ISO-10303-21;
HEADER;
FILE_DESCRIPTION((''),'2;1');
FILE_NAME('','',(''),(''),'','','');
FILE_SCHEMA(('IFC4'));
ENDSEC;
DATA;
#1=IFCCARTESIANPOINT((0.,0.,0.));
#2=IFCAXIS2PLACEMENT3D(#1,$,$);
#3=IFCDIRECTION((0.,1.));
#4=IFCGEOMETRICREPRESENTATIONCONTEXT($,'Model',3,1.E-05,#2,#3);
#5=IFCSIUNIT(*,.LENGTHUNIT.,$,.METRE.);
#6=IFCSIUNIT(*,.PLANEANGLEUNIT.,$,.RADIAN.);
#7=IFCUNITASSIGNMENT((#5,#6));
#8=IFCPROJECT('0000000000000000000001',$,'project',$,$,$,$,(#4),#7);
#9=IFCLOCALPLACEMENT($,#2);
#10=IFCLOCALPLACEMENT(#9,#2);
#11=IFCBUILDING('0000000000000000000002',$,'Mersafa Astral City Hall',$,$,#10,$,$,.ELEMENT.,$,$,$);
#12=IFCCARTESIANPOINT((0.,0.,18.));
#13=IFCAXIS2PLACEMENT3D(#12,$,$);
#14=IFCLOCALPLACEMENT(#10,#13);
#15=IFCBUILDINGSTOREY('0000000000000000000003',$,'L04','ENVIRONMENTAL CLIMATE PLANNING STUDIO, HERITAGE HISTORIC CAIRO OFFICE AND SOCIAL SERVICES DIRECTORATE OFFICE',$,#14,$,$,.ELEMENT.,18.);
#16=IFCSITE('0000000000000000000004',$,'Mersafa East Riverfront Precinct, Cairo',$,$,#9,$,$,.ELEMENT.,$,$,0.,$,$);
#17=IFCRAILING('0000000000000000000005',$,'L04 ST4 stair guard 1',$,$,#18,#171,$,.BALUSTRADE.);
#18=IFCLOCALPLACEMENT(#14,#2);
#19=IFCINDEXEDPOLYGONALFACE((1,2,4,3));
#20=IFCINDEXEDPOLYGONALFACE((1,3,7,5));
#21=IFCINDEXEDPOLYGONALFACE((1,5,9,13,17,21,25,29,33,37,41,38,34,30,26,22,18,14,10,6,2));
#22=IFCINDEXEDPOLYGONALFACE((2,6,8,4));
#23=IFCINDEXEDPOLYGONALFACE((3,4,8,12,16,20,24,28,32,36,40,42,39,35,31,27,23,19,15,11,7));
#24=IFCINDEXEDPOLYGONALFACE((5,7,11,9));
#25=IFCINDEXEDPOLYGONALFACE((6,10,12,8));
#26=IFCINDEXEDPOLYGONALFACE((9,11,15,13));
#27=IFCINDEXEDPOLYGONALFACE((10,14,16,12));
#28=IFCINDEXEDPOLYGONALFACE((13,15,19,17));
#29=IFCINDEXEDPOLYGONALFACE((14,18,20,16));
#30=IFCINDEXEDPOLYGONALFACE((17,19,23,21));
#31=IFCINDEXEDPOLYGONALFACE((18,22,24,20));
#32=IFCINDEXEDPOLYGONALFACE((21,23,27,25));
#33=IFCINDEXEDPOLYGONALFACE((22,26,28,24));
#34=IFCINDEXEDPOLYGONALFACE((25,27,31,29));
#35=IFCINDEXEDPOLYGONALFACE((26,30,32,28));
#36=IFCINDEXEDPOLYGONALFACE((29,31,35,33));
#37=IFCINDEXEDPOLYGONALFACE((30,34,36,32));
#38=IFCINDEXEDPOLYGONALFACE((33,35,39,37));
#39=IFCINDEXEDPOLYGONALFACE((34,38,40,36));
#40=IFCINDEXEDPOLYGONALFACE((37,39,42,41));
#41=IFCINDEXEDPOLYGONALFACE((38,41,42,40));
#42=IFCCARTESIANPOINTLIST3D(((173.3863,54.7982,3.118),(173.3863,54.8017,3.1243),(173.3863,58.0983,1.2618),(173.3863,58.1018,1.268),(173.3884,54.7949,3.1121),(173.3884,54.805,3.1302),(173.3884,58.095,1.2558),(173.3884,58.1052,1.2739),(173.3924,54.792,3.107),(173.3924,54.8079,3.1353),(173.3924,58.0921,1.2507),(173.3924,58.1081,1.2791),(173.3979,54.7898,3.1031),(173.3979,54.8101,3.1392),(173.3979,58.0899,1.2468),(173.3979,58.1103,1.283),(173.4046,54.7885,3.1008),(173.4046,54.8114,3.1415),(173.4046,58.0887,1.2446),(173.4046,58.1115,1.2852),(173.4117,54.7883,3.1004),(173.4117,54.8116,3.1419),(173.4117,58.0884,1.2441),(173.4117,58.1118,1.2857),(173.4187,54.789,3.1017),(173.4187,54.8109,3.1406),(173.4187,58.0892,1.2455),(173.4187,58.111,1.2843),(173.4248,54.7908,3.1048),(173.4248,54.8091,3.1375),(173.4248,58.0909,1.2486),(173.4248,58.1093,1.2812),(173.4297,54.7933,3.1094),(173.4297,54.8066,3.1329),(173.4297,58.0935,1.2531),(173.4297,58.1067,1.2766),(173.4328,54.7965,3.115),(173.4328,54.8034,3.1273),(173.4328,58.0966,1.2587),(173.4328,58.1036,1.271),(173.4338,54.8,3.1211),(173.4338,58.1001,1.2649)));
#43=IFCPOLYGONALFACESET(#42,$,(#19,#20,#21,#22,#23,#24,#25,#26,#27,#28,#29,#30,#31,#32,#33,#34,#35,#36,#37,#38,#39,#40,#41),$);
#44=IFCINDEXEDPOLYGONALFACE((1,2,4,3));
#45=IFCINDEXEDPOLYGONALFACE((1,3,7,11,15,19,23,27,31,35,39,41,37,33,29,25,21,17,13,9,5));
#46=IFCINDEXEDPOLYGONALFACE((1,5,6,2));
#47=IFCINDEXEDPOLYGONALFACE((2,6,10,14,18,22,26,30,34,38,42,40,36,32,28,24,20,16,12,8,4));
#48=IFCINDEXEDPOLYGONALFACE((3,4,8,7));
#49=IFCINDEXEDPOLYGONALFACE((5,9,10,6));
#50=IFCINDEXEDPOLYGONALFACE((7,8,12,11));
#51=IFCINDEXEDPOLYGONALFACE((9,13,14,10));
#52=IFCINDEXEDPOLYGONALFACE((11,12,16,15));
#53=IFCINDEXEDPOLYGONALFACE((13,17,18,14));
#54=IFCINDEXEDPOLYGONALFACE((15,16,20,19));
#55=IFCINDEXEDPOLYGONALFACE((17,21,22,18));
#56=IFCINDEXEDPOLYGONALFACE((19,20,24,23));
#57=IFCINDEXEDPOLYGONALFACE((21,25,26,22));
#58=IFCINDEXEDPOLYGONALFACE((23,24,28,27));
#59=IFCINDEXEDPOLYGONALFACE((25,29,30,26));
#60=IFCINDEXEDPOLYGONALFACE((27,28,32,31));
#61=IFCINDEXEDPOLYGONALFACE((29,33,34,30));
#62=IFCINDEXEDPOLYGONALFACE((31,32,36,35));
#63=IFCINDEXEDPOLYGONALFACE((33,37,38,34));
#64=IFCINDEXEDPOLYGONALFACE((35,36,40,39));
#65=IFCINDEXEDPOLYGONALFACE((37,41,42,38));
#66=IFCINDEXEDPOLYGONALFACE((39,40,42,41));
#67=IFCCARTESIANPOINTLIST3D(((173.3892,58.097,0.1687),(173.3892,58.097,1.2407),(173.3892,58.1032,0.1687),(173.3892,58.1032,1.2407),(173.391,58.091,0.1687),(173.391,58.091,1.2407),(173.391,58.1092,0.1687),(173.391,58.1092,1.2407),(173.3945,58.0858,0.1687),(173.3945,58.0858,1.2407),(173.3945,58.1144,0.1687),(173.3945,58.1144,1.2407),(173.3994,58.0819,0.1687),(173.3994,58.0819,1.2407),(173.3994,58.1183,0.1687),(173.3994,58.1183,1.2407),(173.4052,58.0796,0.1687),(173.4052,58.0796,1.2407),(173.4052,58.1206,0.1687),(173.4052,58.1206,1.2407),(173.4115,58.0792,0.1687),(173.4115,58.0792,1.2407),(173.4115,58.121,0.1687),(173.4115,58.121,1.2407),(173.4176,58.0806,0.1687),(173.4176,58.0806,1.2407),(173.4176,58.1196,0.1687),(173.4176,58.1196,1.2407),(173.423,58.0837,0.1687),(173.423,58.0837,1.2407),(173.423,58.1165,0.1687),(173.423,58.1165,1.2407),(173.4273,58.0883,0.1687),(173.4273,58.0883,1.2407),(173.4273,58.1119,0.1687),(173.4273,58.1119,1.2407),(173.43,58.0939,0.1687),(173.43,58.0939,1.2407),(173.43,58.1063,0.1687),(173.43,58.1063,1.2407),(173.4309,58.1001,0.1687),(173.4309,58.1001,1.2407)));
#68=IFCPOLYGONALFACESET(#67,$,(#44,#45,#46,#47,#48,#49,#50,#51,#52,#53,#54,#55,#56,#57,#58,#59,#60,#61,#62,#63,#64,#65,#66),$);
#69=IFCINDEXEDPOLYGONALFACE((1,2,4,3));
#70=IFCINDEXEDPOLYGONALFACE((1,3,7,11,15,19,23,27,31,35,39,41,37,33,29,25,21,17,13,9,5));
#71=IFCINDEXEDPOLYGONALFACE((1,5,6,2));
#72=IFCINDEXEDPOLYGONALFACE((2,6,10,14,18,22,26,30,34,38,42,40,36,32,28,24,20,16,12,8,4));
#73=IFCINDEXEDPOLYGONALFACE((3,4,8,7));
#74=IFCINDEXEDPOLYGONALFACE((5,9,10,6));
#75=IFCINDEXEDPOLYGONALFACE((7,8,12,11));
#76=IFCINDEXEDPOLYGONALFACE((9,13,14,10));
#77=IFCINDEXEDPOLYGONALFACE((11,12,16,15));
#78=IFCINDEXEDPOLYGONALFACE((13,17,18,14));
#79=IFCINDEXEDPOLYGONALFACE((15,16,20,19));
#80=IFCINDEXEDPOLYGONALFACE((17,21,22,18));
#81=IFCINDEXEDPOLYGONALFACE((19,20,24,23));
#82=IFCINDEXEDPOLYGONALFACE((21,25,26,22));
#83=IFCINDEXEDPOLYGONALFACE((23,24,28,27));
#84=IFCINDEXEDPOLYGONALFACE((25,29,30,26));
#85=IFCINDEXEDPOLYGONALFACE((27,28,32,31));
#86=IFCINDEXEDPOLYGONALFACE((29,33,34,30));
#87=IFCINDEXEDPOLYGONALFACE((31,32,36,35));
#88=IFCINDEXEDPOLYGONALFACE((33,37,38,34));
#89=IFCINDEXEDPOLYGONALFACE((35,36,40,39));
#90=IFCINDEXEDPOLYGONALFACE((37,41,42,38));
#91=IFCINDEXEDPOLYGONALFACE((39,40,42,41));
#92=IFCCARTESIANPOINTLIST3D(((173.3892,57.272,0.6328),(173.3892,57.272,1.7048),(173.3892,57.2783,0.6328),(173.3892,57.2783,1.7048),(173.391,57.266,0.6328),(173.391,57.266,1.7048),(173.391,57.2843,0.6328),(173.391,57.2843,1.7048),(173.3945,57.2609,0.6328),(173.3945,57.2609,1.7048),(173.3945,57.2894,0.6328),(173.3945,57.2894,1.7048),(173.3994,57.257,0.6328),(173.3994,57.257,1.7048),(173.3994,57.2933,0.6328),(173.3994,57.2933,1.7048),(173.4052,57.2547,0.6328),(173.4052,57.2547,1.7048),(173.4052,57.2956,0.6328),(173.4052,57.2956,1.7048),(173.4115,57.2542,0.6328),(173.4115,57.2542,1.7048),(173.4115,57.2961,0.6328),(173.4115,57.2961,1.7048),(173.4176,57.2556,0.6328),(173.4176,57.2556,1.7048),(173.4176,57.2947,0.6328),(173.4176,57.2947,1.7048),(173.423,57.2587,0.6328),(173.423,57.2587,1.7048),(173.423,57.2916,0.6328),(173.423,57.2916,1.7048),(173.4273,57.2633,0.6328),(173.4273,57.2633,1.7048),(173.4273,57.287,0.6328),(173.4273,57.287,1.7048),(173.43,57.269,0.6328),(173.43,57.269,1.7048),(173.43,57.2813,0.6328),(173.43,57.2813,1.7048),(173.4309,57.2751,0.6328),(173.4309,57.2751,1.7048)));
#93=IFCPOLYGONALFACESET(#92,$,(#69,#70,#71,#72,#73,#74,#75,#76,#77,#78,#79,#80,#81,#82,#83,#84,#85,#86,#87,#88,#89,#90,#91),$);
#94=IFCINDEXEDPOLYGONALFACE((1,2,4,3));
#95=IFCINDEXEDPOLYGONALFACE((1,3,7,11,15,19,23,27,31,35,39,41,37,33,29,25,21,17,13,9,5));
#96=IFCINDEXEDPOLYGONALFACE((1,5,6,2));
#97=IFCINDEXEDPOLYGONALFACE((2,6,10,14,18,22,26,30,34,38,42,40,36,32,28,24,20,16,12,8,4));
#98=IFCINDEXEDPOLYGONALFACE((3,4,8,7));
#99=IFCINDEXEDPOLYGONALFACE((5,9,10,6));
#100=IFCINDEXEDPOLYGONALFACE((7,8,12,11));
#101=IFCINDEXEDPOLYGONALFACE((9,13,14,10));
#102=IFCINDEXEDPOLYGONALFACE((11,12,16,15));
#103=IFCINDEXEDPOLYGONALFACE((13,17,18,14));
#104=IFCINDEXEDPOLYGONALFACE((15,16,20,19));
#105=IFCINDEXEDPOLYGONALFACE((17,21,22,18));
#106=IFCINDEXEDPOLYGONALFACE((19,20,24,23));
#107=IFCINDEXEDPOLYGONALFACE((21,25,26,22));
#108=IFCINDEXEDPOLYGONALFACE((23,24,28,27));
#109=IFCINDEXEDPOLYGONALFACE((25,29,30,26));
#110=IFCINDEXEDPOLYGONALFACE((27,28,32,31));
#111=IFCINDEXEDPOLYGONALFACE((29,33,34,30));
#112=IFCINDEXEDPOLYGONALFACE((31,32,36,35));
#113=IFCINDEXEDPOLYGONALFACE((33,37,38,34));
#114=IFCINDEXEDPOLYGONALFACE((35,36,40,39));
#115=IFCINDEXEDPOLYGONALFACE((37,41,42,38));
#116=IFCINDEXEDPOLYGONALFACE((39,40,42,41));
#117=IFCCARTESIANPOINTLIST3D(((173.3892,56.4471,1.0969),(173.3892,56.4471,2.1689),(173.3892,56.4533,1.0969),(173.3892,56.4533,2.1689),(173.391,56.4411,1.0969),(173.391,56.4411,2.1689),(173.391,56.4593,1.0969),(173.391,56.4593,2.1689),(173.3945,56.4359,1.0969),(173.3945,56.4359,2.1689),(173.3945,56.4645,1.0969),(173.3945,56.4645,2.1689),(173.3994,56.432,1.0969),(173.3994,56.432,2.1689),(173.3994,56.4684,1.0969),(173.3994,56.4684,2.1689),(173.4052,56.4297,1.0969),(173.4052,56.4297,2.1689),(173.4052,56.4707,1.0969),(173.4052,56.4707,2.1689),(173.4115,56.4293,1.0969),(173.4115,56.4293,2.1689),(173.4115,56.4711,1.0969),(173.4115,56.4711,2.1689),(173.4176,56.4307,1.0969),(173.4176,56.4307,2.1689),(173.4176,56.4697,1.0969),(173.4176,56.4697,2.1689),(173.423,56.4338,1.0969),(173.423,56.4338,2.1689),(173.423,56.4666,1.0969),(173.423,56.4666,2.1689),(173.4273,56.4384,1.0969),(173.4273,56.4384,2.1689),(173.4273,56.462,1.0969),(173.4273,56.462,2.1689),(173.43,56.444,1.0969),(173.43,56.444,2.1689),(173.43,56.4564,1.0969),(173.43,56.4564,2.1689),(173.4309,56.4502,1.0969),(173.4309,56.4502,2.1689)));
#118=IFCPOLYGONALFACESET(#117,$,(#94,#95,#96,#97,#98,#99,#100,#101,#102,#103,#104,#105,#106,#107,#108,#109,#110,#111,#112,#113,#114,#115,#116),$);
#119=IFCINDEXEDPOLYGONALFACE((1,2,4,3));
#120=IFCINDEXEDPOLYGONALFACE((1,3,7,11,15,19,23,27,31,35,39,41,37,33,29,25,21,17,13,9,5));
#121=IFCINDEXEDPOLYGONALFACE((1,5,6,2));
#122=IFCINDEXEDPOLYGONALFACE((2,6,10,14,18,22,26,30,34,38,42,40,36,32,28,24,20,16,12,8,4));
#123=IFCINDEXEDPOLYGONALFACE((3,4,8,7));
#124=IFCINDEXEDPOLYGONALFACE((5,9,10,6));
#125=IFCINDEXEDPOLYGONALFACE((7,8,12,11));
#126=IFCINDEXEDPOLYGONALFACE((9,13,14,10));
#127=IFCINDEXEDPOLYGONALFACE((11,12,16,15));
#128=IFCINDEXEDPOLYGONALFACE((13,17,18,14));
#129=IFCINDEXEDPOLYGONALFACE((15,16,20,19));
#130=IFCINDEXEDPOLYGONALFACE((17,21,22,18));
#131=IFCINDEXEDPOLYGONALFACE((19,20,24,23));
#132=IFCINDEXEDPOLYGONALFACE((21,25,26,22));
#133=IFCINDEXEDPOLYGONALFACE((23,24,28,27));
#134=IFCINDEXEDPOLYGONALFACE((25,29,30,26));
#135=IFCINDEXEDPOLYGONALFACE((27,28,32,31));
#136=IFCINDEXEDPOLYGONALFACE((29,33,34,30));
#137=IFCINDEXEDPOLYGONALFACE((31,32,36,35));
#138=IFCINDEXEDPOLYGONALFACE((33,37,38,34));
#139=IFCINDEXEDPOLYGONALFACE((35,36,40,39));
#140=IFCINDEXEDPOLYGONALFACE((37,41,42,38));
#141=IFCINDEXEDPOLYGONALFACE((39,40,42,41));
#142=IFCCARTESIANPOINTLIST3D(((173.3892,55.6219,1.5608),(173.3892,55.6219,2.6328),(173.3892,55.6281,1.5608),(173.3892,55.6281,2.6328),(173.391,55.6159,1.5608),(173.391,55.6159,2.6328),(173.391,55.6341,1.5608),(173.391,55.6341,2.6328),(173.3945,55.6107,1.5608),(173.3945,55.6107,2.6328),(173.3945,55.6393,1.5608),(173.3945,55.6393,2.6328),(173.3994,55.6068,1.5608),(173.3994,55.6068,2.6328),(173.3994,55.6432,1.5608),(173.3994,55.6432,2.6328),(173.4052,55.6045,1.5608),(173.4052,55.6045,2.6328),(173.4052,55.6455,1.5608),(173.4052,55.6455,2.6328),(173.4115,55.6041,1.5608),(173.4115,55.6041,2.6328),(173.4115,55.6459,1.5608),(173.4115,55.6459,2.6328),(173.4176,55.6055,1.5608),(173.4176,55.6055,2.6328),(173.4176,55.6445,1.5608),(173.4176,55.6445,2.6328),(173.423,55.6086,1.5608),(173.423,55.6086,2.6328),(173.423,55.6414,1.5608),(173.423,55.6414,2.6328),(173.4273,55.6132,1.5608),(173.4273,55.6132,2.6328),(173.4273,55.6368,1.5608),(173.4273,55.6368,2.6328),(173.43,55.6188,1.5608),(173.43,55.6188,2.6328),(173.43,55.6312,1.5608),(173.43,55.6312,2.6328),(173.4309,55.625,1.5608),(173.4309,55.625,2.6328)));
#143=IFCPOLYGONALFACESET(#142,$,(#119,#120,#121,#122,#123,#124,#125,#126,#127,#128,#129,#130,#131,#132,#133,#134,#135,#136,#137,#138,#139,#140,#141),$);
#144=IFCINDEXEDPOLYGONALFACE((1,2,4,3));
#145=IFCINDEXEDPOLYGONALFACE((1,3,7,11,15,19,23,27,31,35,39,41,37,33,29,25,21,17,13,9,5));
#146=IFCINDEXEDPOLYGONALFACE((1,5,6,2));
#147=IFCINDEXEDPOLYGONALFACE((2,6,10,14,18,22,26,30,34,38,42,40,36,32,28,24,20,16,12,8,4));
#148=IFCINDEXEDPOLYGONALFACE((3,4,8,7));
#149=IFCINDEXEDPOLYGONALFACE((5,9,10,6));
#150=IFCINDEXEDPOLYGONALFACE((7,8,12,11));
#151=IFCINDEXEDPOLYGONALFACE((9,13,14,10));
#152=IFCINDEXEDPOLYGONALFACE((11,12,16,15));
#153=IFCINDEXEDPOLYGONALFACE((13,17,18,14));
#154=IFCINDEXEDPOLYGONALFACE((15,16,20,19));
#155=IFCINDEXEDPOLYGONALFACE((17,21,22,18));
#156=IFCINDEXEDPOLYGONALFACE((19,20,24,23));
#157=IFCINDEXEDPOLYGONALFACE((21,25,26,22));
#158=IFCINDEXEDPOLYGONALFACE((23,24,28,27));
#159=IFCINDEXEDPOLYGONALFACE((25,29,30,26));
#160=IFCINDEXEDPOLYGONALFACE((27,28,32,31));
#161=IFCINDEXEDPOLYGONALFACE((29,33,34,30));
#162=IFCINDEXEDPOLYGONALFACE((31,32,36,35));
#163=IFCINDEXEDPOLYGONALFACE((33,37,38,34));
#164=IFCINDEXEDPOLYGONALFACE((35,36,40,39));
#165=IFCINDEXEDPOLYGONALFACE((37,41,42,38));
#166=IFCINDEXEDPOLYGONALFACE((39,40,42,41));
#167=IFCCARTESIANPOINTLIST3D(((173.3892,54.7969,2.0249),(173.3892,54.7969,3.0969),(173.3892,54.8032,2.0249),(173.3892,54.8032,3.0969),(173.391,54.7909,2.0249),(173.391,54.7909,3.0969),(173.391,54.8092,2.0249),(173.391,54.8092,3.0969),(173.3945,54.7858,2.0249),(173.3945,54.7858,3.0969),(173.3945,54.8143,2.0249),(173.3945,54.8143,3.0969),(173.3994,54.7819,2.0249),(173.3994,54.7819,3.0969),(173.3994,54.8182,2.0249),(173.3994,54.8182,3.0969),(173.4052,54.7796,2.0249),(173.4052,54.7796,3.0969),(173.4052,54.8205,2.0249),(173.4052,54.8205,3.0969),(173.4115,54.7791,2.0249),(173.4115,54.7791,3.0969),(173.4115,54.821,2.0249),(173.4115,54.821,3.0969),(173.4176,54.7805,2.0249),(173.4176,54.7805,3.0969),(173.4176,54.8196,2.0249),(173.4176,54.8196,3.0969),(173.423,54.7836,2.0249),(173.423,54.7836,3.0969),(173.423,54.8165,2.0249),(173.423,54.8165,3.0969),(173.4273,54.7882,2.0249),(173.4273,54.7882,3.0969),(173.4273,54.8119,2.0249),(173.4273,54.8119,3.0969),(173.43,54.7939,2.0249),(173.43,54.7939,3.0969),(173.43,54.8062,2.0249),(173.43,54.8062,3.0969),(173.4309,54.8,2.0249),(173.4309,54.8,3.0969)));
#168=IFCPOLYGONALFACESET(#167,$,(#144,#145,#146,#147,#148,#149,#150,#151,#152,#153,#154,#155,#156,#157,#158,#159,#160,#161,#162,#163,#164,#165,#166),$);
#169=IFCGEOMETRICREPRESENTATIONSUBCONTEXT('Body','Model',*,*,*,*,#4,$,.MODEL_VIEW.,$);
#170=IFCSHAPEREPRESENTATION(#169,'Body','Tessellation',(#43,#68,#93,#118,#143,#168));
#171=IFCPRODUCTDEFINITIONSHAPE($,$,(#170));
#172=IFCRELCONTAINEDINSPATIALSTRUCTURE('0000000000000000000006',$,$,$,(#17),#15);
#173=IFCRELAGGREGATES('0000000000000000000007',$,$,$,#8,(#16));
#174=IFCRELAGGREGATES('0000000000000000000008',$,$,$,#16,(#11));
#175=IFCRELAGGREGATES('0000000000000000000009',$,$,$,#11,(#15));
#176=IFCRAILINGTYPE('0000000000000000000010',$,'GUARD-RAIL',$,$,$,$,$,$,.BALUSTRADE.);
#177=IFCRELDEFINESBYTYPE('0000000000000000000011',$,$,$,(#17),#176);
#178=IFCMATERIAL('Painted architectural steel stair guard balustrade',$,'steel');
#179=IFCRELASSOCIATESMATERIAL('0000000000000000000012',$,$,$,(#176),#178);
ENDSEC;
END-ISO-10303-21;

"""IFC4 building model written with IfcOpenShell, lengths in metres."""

from ifc_helpers import new_model, si_unit, direction, frame, origin, origin_2d, place, context, subcontext, project, spatial, circle, extrude, material, type_object, element, save


model = new_model("IFC4")

# Units and contexts
model_context = context("Model", 3, precision=1e-05, world=origin(), true_north=direction((0.0, 1.0)))
body_context = subcontext(model_context, "Body", "Model", "MODEL_VIEW")
ifc_project = project(units=[si_unit("LENGTHUNIT", "METRE"), si_unit("PLANEANGLEUNIT", "RADIAN")], contexts=[model_context])

# Site, building, storey
site_placement = place(None, origin())
site = spatial("IfcSite", under=ifc_project, at=site_placement, Name="Mersafa East Riverfront Precinct, Cairo", CompositionType="ELEMENT", RefElevation=0.0)
building_placement = place(site_placement, origin())
building = spatial("IfcBuilding", under=site, at=building_placement, Name="Mersafa Astral City Hall", CompositionType="ELEMENT")
storey_placement = place(building_placement, frame((0.0, 0.0, 18.0)))
storey = spatial("IfcBuildingStorey", under=building, at=storey_placement, Name="L04", Description="ENVIRONMENTAL CLIMATE PLANNING STUDIO, HERITAGE HISTORIC CAIRO OFFICE AND SOCIAL SERVICES DIRECTORATE OFFICE", CompositionType="ELEMENT", Elevation=18.0)

# Railing
ifc_material_1 = material(Name="Painted architectural steel stair guard balustrade", Category="steel")
railing_type_1 = type_object("IfcRailingType", Name="GUARD-RAIL", PredefinedType="BALUSTRADE", material=ifc_material_1)
railing_1_placement = place(storey_placement, frame((173.4099, 58.1001, 0.1687)))
element("IfcRailing", 1, at=railing_1_placement, inside=storey, type_object=railing_type_1, Name="L04 ST4 stair guard 1", PredefinedType="BALUSTRADE", context=body_context, shape_type="SweptSolid", body=[
    extrude(circle(Radius=0.0239, at=origin_2d()), frame((0.0, 0.0, 1.0962), z_axis=(0.0, -0.871584, 0.490246), x_axis=(1.0, 0.0, 0.0)), (0.0, 0.0, 1.0), 3.7864),
    extrude(circle(Radius=0.021, at=origin_2d()), origin(), (0.0, 0.0, 1.0), 1.072),
    extrude(circle(Radius=0.021, at=origin_2d()), frame((0.0, -0.825, 0.4641)), (0.0, 0.0, 1.0), 1.072),
    extrude(circle(Radius=0.021, at=origin_2d()), frame((0.0, -1.6499, 0.9282)), (0.0, 0.0, 1.0), 1.072),
    extrude(circle(Radius=0.021, at=origin_2d()), frame((0.0, -2.4751, 1.3921)), (0.0, 0.0, 1.0), 1.072),
    extrude(circle(Radius=0.021, at=origin_2d()), frame((0.0, -3.3, 1.8562)), (0.0, 0.0, 1.0), 1.072),
])

save(model, "model.ifc")
